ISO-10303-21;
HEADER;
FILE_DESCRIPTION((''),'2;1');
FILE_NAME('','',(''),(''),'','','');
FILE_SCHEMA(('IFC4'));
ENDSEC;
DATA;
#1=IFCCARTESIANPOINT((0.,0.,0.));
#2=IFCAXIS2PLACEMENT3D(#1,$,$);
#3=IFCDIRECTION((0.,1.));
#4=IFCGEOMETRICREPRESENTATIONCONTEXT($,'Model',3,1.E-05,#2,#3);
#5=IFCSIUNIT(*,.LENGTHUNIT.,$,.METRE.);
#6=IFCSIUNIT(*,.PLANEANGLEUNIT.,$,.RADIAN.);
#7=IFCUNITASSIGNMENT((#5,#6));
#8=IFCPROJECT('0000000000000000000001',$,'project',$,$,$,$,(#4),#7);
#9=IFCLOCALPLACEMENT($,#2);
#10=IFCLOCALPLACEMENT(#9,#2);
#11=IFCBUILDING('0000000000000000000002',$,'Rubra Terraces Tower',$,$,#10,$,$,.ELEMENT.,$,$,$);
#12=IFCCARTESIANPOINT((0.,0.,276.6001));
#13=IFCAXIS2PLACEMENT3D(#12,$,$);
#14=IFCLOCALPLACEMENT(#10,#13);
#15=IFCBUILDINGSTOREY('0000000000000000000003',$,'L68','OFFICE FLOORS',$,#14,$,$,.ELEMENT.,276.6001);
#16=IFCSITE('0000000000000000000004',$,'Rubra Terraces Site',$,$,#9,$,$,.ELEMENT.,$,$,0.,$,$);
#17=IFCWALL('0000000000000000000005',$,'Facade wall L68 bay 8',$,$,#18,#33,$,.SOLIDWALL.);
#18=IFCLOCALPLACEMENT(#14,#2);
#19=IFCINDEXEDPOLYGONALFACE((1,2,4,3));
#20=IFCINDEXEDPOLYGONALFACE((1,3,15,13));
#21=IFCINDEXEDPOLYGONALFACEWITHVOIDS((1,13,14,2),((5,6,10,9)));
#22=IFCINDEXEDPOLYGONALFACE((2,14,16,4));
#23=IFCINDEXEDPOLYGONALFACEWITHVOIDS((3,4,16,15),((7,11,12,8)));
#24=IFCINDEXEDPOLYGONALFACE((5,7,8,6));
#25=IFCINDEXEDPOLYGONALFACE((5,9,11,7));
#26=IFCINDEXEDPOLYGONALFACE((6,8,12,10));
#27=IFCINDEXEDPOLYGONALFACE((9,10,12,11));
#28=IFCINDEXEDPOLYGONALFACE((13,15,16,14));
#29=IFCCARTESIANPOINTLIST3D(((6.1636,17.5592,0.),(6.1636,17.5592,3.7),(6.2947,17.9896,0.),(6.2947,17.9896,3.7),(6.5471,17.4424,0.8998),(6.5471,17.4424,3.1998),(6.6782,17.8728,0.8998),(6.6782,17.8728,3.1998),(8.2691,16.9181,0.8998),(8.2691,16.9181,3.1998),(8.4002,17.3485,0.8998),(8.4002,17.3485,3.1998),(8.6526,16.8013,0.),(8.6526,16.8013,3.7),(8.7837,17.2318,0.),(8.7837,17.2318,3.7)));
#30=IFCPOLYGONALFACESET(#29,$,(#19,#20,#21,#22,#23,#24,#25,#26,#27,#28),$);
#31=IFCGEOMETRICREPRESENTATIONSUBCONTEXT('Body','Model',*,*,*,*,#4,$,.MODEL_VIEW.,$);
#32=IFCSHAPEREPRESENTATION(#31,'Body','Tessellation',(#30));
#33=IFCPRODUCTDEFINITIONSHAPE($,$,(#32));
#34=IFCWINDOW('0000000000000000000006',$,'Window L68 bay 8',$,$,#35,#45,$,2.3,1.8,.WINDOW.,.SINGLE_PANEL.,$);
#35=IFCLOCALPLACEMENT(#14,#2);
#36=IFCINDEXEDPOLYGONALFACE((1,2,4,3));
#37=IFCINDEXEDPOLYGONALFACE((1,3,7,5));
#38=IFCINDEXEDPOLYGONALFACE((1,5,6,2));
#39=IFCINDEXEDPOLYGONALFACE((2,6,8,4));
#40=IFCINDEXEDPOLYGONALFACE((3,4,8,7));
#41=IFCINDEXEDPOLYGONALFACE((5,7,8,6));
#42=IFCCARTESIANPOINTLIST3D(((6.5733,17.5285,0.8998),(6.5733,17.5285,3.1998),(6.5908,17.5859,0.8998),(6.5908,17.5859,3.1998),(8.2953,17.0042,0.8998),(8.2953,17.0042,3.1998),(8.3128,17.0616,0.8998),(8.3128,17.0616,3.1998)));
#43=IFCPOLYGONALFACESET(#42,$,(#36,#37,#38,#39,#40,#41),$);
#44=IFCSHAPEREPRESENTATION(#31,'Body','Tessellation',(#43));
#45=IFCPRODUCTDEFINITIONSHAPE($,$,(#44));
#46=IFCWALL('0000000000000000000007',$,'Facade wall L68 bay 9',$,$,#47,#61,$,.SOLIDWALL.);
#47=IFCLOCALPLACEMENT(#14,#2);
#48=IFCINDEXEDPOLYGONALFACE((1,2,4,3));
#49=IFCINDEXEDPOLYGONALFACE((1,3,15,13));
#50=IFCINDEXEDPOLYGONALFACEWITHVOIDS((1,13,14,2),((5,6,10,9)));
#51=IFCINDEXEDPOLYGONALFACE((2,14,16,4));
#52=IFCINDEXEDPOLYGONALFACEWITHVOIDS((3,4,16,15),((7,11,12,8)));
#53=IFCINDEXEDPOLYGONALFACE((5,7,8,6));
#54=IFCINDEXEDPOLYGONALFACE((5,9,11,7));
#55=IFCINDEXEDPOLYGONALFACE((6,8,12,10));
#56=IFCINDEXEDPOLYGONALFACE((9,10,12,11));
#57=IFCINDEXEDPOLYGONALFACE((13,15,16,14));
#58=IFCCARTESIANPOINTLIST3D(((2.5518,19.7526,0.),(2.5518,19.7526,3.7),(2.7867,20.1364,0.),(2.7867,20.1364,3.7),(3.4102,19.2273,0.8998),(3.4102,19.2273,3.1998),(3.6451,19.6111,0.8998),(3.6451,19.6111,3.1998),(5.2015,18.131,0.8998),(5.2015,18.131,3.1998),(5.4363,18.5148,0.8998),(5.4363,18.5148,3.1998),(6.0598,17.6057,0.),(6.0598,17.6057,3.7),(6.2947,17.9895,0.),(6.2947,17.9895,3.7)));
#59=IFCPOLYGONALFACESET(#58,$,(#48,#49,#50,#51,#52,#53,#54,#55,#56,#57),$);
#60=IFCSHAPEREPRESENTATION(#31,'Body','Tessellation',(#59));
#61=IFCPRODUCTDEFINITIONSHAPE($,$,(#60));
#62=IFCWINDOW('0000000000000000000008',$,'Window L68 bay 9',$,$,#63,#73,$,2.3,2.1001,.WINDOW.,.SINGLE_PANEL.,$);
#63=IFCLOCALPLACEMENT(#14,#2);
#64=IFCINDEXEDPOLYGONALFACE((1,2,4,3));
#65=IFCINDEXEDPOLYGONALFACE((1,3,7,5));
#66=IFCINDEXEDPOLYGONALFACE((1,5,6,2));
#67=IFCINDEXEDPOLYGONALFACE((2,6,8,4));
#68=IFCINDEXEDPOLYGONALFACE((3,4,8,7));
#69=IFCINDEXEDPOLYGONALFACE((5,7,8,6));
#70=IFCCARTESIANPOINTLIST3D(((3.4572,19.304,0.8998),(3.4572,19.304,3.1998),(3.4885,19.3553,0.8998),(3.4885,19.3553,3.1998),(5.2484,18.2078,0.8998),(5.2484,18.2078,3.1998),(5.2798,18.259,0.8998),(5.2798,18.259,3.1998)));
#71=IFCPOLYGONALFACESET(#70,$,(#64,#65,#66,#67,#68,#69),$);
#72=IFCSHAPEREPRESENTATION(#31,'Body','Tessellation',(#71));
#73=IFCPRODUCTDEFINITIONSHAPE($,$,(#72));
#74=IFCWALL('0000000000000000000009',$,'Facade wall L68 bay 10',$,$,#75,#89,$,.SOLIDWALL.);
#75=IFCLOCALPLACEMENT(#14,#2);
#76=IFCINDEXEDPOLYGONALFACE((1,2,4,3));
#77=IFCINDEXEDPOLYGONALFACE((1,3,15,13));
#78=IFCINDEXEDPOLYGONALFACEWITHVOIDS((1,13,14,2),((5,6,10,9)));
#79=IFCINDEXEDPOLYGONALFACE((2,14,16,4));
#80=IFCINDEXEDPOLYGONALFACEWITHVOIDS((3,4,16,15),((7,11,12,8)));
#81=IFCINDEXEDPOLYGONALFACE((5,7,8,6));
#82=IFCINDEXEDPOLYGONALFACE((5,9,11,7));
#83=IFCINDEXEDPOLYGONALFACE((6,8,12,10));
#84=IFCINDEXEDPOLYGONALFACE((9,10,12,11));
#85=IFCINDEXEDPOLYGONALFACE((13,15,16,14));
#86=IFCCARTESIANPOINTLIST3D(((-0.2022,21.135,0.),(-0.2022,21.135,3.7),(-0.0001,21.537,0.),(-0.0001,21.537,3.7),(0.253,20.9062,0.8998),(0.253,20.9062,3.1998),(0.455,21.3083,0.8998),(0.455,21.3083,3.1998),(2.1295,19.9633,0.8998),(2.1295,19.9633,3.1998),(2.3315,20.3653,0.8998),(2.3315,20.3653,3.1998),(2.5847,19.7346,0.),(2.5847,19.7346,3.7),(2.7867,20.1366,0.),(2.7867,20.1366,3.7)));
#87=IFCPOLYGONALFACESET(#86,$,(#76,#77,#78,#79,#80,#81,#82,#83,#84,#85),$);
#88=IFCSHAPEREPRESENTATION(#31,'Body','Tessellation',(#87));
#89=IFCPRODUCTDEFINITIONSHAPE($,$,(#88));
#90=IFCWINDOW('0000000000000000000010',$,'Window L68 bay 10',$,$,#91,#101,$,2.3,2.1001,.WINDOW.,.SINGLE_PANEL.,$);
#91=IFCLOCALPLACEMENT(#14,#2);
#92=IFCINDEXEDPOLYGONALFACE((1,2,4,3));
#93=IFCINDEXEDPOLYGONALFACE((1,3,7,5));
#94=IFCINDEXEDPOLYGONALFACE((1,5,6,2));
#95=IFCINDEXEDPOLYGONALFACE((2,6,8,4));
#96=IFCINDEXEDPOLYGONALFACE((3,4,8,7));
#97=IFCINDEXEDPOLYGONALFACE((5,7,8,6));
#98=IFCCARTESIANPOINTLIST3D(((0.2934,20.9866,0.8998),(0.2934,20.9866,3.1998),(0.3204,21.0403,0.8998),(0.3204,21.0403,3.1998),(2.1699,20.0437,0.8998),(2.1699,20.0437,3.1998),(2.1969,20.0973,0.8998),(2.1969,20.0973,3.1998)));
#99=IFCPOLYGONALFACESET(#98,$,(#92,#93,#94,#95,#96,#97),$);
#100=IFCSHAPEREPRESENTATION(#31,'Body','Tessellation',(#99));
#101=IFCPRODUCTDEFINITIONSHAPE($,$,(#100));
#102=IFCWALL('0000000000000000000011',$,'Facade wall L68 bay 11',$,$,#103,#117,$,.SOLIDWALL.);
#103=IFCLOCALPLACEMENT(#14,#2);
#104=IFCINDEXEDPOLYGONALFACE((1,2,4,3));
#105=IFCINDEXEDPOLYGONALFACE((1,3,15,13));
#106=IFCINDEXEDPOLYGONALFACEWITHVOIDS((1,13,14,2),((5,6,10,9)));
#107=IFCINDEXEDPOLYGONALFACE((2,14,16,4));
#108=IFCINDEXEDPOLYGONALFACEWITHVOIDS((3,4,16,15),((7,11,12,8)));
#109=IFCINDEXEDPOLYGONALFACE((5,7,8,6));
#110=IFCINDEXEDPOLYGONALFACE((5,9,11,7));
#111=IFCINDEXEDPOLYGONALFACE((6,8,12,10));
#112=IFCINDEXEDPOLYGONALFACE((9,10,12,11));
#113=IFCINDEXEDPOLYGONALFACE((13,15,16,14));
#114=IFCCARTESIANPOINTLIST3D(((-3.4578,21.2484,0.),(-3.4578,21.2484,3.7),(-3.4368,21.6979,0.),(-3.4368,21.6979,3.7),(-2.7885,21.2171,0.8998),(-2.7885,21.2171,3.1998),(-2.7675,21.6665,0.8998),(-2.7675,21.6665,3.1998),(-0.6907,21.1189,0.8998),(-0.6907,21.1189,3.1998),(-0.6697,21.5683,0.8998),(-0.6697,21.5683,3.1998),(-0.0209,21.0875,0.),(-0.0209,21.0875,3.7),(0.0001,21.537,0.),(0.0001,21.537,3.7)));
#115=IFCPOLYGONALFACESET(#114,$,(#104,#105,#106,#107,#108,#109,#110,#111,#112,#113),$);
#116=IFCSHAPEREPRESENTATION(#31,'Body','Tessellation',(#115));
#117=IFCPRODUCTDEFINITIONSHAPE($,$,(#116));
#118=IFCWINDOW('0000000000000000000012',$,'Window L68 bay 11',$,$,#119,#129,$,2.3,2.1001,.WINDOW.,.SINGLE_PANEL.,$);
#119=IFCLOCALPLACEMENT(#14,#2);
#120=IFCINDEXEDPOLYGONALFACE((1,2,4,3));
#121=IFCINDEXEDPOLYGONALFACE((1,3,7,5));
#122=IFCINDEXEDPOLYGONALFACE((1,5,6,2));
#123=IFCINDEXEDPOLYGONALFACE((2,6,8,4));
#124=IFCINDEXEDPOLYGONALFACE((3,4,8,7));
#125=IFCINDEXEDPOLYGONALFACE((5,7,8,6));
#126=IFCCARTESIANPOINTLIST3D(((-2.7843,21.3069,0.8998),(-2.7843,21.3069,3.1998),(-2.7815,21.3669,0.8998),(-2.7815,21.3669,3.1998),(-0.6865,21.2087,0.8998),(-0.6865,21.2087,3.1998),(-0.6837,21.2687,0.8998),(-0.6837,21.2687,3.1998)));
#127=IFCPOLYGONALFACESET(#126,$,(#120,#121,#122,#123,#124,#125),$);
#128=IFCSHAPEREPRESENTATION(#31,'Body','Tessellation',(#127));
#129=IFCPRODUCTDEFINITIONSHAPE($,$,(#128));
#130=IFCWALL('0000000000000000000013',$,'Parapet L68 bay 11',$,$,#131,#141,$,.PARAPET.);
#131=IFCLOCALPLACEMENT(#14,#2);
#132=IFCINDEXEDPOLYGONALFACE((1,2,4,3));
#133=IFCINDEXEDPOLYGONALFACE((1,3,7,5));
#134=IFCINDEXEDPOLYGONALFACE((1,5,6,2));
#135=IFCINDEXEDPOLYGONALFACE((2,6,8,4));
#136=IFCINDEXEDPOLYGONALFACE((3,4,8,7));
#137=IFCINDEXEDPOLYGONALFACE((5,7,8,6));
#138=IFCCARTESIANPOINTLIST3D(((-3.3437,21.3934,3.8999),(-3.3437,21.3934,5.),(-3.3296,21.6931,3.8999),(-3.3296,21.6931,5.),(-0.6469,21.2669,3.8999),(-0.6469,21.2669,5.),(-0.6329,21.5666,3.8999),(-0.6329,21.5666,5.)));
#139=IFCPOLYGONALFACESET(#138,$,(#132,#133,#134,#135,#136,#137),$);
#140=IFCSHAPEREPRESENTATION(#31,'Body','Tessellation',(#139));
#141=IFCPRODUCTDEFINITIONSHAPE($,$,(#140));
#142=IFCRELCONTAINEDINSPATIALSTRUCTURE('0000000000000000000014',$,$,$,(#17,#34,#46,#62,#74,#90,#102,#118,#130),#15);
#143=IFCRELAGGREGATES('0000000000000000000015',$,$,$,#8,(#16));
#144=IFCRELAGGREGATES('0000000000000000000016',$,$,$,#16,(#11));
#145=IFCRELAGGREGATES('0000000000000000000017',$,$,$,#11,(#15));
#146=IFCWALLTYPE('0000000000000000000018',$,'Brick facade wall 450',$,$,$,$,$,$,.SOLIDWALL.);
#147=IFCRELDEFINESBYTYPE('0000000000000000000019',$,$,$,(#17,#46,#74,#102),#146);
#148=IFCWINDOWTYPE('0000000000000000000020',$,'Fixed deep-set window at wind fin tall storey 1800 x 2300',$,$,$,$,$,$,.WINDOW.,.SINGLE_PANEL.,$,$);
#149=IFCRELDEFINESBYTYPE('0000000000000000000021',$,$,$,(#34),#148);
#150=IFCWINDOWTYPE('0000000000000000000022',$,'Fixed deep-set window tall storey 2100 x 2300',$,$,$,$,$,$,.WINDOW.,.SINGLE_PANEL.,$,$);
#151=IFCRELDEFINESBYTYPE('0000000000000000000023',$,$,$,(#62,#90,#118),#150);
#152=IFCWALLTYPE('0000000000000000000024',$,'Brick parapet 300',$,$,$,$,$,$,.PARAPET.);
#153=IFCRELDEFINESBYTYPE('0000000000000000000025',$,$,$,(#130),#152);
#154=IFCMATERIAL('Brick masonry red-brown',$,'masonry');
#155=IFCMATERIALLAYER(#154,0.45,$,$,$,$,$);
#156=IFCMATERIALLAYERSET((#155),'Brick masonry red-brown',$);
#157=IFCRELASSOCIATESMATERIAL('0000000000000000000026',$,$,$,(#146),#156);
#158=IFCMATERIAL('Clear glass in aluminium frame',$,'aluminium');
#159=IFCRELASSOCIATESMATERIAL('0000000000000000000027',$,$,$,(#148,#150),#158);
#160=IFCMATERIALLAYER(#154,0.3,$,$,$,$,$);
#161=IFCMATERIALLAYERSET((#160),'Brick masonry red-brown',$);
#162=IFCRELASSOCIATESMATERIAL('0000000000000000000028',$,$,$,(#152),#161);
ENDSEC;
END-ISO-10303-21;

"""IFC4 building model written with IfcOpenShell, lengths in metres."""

from ifc_helpers import new_model, si_unit, direction, frame, frame_2d, origin, place, context, subcontext, project, spatial, rectangle, extrude, material, layer, layer_set, type_object, element, fill, save


model = new_model("IFC4")

# Units and contexts
model_context = context("Model", 3, precision=1e-05, world=origin(), true_north=direction((0.0, 1.0)))
body_context = subcontext(model_context, "Body", "Model", "MODEL_VIEW")
ifc_project = project(units=[si_unit("LENGTHUNIT", "METRE"), si_unit("PLANEANGLEUNIT", "RADIAN")], contexts=[model_context])

# Site, building, storey
site_placement = place(None, origin())
site = spatial("IfcSite", under=ifc_project, at=site_placement, Name="Rubra Terraces Site", CompositionType="ELEMENT", RefElevation=0.0)
building_placement = place(site_placement, origin())
building = spatial("IfcBuilding", under=site, at=building_placement, Name="Rubra Terraces Tower", CompositionType="ELEMENT")
storey_placement = place(building_placement, frame((0.0, 0.0, 276.6001)))
storey = spatial("IfcBuildingStorey", under=building, at=storey_placement, Name="L68", Description="OFFICE FLOORS", CompositionType="ELEMENT", Elevation=276.6001)

# Walls, openings, windows
ifc_material_1 = material(Name="Brick masonry red-brown", Category="masonry")
ifc_layer_1 = layer(ifc_material_1, 0.45)
ifc_layer_set_1 = layer_set([ifc_layer_1], Name="Brick masonry red-brown")
wall_type_1 = type_object("IfcWallType", Name="Brick facade wall 450", PredefinedType="SOLIDWALL", material=ifc_layer_set_1)
wall_1_placement = place(storey_placement, frame((8.718, 17.0166, 0.0), z_axis=(0.0, 0.0, 1.0), x_axis=(-0.956643, 0.291262, 0.0)))
wall_1 = element("IfcWall", 1, at=wall_1_placement, inside=storey, type_object=wall_type_1, Name="Facade wall L68 bay 8", PredefinedType="SOLIDWALL", context=body_context, shape_type="SweptSolid", body=[
    extrude(rectangle(XDim=2.6018, YDim=0.45, at=frame_2d((1.3008, 0.0))), origin(), (0.0, 0.0, 1.0), 3.7),
])
opening_1_placement = place(wall_1_placement, frame((0.4009, 0.0, 0.8999)))
opening_1 = element("IfcOpeningElement", 2, at=opening_1_placement, cuts=wall_1, PredefinedType="OPENING", context=body_context, shape_type="SweptSolid", body=[
    extrude(rectangle(XDim=1.8, YDim=2.3, at=frame_2d((0.8999, 1.1499))), frame((0.0, 0.2349, 0.0), z_axis=(0.0, -1.0, 0.0), x_axis=(1.0, 0.0, 0.0)), (0.0, 0.0, 1.0), 0.47),
])
ifc_material_2 = material(Name="Clear glass in aluminium frame", Category="aluminium")
window_type_1 = type_object("IfcWindowType", Name="Fixed deep-set window at wind fin tall storey 1800 x 2300", PartitioningType="SINGLE_PANEL", PredefinedType="WINDOW", material=ifc_material_2)
window_1_placement = place(opening_1_placement, origin())
window_1 = element("IfcWindow", 3, at=window_1_placement, inside=storey, type_object=window_type_1, Name="Window L68 bay 8", OverallHeight=2.3, OverallWidth=1.8, PartitioningType="SINGLE_PANEL", PredefinedType="WINDOW", context=body_context, shape_type="SweptSolid", body=[
    extrude(rectangle(XDim=1.8, YDim=2.3, at=frame_2d((0.8999, 1.1499))), frame((0.0, 0.135, 0.0), z_axis=(0.0, -1.0, 0.0), x_axis=(1.0, 0.0, 0.0)), (0.0, 0.0, 1.0), 0.0601),
])
fill(opening_1, window_1)
wall_2_placement = place(storey_placement, frame((6.1772, 17.7976, 0.0), z_axis=(0.0, 0.0, 1.0), x_axis=(-0.85294, 0.522009, 0.0)))
wall_2 = element("IfcWall", 4, at=wall_2_placement, inside=storey, type_object=wall_type_1, Name="Facade wall L68 bay 9", PredefinedType="SOLIDWALL", context=body_context, shape_type="SweptSolid", body=[
    extrude(rectangle(XDim=4.1128, YDim=0.45, at=frame_2d((2.0564, 0.0))), origin(), (0.0, 0.0, 1.0), 3.7),
])
opening_2_placement = place(wall_2_placement, frame((1.0063, 0.0, 0.8999)))
opening_2 = element("IfcOpeningElement", 5, at=opening_2_placement, cuts=wall_2, PredefinedType="OPENING", context=body_context, shape_type="SweptSolid", body=[
    extrude(rectangle(XDim=2.1001, YDim=2.3, at=frame_2d((1.05, 1.1499))), frame((0.0, 0.2349, 0.0), z_axis=(0.0, -1.0, 0.0), x_axis=(1.0, 0.0, 0.0)), (0.0, 0.0, 1.0), 0.47),
])
window_type_2 = type_object("IfcWindowType", Name="Fixed deep-set window tall storey 2100 x 2300", PartitioningType="SINGLE_PANEL", PredefinedType="WINDOW", material=ifc_material_2)
window_2_placement = place(opening_2_placement, origin())
window_2 = element("IfcWindow", 6, at=window_2_placement, inside=storey, type_object=window_type_2, Name="Window L68 bay 9", OverallHeight=2.3, OverallWidth=2.1001, PartitioningType="SINGLE_PANEL", PredefinedType="WINDOW", context=body_context, shape_type="SweptSolid", body=[
    extrude(rectangle(XDim=2.1001, YDim=2.3, at=frame_2d((1.05, 1.1499))), frame((0.0, 0.135, 0.0), z_axis=(0.0, -1.0, 0.0), x_axis=(1.0, 0.0, 0.0)), (0.0, 0.0, 1.0), 0.0601),
])
fill(opening_2, window_2)
wall_3_placement = place(storey_placement, frame((2.6858, 19.9355, 0.0), z_axis=(0.0, 0.0, 1.0), x_axis=(-0.893533, 0.448997, 0.0)))
wall_3 = element("IfcWall", 7, at=wall_3_placement, inside=storey, type_object=wall_type_1, Name="Facade wall L68 bay 10", PredefinedType="SOLIDWALL", context=body_context, shape_type="SweptSolid", body=[
    extrude(rectangle(XDim=3.1189, YDim=0.45, at=frame_2d((1.5596, 0.0))), origin(), (0.0, 0.0, 1.0), 3.7),
])
opening_3_placement = place(wall_3_placement, frame((0.5095, 0.0, 0.8999)))
opening_3 = element("IfcOpeningElement", 8, at=opening_3_placement, cuts=wall_3, PredefinedType="OPENING", context=body_context, shape_type="SweptSolid", body=[
    extrude(rectangle(XDim=2.1001, YDim=2.3, at=frame_2d((1.05, 1.1499))), frame((0.0, 0.2349, 0.0), z_axis=(0.0, -1.0, 0.0), x_axis=(1.0, 0.0, 0.0)), (0.0, 0.0, 1.0), 0.47),
])
window_3_placement = place(opening_3_placement, origin())
window_3 = element("IfcWindow", 9, at=window_3_placement, inside=storey, type_object=window_type_2, Name="Window L68 bay 10", OverallHeight=2.3, OverallWidth=2.1001, PartitioningType="SINGLE_PANEL", PredefinedType="WINDOW", context=body_context, shape_type="SweptSolid", body=[
    extrude(rectangle(XDim=2.1001, YDim=2.3, at=frame_2d((1.05, 1.1499))), frame((0.0, 0.135, 0.0), z_axis=(0.0, -1.0, 0.0), x_axis=(1.0, 0.0, 0.0)), (0.0, 0.0, 1.0), 0.0601),
])
fill(opening_3, window_3)
wall_4_placement = place(storey_placement, frame((-0.0105, 21.3123, 0.0), z_axis=(0.0, 0.0, 1.0), x_axis=(-0.998906, 0.046759, 0.0)))
wall_4 = element("IfcWall", 10, at=wall_4_placement, inside=storey, type_object=wall_type_1, Name="Facade wall L68 bay 11", PredefinedType="SOLIDWALL", context=body_context, shape_type="SweptSolid", body=[
    extrude(rectangle(XDim=3.4407, YDim=0.45, at=frame_2d((1.7202, 0.0))), origin(), (0.0, 0.0, 1.0), 3.7),
])
opening_4_placement = place(wall_4_placement, frame((0.6704, 0.0, 0.8999)))
opening_4 = element("IfcOpeningElement", 11, at=opening_4_placement, cuts=wall_4, PredefinedType="OPENING", context=body_context, shape_type="SweptSolid", body=[
    extrude(rectangle(XDim=2.1001, YDim=2.3, at=frame_2d((1.05, 1.1499))), frame((0.0, 0.2349, 0.0), z_axis=(0.0, -1.0, 0.0), x_axis=(1.0, 0.0, 0.0)), (0.0, 0.0, 1.0), 0.47),
])
window_4_placement = place(opening_4_placement, origin())
window_4 = element("IfcWindow", 12, at=window_4_placement, inside=storey, type_object=window_type_2, Name="Window L68 bay 11", OverallHeight=2.3, OverallWidth=2.1001, PartitioningType="SINGLE_PANEL", PredefinedType="WINDOW", context=body_context, shape_type="SweptSolid", body=[
    extrude(rectangle(XDim=2.1001, YDim=2.3, at=frame_2d((1.05, 1.1499))), frame((0.0, 0.135, 0.0), z_axis=(0.0, -1.0, 0.0), x_axis=(1.0, 0.0, 0.0)), (0.0, 0.0, 1.0), 0.0601),
])
fill(opening_4, window_4)

# Wall
ifc_layer_2 = layer(ifc_material_1, 0.3)
ifc_layer_set_2 = layer_set([ifc_layer_2], Name="Brick masonry red-brown")
wall_type_2 = type_object("IfcWallType", Name="Brick parapet 300", PredefinedType="PARAPET", material=ifc_layer_set_2)
wall_5_placement = place(storey_placement, frame((-0.6399, 21.4167, 3.8999), z_axis=(0.0, 0.0, 1.0), x_axis=(-0.998902, 0.046843, 0.0)))
element("IfcWall", 13, at=wall_5_placement, inside=storey, type_object=wall_type_2, Name="Parapet L68 bay 11", PredefinedType="PARAPET", context=body_context, shape_type="SweptSolid", body=[
    extrude(rectangle(XDim=2.6997, YDim=0.3, at=frame_2d((1.3499, 0.0))), origin(), (0.0, 0.0, 1.0), 1.1001),
])

save(model, "model.ifc")
